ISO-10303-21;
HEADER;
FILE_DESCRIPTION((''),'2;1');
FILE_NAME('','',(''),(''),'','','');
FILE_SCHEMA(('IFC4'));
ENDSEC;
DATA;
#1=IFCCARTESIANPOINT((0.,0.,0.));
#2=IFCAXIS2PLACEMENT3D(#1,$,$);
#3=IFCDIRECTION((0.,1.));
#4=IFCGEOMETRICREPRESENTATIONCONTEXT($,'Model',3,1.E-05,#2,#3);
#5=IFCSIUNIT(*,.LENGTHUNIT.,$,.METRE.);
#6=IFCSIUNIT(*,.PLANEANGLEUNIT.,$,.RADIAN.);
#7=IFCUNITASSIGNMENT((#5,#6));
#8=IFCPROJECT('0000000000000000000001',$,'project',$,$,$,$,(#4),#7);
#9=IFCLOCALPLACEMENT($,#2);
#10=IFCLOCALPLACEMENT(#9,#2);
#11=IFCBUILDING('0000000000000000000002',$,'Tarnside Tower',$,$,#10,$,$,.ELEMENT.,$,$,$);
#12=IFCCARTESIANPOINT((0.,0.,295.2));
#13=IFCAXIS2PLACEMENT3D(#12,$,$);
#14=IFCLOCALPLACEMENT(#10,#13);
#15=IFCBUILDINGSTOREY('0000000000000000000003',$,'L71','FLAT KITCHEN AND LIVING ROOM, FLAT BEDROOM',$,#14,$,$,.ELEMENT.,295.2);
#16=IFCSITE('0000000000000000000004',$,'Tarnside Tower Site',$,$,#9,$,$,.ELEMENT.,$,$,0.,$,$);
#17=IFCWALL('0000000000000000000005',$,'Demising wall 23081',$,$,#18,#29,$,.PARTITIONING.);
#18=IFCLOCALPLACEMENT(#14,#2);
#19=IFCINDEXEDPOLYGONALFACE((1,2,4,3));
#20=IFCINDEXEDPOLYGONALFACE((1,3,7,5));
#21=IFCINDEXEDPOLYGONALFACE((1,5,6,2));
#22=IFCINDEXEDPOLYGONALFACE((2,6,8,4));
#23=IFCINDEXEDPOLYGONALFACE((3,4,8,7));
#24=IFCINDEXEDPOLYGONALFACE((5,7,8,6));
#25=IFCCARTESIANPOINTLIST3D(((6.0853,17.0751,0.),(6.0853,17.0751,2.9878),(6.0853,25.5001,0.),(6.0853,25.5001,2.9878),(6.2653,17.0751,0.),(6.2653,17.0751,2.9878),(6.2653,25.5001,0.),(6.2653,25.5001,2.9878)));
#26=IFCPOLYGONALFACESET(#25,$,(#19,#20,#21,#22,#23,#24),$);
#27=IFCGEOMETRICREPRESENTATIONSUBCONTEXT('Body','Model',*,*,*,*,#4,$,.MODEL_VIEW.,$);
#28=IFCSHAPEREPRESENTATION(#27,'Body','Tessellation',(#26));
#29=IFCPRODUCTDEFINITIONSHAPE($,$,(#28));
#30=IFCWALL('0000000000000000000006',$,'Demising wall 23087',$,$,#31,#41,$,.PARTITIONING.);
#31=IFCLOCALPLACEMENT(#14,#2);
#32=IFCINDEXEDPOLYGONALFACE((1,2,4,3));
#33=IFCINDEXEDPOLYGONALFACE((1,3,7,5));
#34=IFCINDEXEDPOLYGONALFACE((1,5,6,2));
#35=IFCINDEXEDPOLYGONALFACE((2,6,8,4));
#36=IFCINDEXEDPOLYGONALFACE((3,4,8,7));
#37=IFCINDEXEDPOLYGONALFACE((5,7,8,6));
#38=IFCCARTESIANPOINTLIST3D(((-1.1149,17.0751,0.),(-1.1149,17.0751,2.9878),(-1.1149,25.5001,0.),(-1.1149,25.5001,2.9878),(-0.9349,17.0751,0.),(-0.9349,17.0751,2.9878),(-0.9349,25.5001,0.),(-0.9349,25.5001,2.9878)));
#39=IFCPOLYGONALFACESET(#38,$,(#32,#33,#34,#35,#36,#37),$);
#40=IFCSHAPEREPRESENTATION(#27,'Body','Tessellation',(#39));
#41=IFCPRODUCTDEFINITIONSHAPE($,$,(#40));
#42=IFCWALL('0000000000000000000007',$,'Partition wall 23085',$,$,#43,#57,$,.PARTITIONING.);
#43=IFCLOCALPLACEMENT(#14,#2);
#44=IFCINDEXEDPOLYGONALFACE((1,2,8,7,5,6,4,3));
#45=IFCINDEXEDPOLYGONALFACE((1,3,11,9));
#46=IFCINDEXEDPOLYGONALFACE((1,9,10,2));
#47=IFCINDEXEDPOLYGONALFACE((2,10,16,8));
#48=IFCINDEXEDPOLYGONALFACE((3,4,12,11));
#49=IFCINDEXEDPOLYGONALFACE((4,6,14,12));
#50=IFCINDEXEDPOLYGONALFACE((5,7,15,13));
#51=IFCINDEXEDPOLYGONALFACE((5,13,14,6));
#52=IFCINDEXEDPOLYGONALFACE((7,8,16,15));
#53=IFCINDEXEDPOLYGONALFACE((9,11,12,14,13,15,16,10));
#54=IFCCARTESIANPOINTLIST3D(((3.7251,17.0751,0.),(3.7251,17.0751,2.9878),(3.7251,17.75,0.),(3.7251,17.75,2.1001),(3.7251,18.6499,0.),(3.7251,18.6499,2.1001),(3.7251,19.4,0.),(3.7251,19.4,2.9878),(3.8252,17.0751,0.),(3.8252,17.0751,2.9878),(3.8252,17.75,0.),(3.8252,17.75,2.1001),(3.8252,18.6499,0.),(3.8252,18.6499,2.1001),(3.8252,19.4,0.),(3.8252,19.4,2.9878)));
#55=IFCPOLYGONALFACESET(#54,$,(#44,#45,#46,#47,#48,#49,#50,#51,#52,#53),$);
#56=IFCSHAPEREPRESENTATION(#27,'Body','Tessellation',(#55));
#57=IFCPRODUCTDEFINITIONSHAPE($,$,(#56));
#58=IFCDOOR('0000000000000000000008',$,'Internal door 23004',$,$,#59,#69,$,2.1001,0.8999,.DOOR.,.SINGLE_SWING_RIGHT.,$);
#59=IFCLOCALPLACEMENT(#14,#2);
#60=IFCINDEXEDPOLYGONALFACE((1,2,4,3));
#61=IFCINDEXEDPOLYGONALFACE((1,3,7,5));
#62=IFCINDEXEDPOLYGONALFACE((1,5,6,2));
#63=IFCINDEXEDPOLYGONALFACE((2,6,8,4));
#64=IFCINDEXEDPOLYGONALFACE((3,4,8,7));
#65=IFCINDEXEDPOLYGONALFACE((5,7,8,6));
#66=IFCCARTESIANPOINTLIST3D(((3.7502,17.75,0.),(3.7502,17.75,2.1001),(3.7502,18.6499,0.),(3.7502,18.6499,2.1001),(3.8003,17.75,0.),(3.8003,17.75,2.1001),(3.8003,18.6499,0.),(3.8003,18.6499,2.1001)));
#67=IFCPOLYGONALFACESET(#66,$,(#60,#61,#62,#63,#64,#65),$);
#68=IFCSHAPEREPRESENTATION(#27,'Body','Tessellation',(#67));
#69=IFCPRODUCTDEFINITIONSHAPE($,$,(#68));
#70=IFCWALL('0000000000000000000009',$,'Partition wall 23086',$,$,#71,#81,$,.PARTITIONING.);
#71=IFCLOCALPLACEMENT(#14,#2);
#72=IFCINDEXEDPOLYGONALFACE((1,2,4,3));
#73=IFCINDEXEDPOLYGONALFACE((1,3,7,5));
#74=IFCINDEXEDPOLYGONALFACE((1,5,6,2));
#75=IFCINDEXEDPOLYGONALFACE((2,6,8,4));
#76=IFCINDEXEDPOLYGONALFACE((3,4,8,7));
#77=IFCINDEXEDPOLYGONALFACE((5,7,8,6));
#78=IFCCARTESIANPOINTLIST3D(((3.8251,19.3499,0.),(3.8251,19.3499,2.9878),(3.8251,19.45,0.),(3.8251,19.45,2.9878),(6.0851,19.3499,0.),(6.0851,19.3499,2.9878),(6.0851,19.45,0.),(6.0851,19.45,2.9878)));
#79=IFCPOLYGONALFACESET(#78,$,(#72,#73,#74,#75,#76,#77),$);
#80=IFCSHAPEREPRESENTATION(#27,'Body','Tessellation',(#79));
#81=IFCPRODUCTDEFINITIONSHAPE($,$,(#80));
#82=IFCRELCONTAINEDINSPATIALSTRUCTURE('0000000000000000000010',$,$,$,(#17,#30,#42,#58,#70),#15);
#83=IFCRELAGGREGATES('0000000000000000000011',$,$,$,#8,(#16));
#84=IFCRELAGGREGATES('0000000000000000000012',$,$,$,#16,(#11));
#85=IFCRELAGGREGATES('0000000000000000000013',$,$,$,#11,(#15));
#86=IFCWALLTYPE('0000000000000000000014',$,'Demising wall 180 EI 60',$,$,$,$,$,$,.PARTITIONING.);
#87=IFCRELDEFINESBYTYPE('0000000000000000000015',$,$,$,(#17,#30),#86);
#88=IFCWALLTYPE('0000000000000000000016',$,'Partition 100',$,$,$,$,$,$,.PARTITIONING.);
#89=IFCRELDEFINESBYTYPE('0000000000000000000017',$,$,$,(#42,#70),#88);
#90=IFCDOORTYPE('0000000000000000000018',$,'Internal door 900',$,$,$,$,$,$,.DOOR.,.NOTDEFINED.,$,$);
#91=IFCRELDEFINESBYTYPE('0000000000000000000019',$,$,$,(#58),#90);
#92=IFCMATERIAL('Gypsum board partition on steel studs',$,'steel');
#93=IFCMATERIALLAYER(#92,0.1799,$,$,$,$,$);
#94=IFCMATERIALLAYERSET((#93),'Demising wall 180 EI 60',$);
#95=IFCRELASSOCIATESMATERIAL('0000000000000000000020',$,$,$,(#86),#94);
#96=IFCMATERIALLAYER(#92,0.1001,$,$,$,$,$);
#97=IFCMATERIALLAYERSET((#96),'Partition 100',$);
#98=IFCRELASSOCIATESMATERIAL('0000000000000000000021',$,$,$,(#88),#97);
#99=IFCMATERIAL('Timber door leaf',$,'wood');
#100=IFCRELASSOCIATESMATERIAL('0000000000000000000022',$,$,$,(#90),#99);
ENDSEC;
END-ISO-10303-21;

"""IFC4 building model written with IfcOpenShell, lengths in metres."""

from ifc_helpers import new_model, si_unit, direction, frame, frame_2d, origin, place, context, subcontext, project, spatial, rectangle, extrude, material, layer, layer_set, type_object, element, fill, save


model = new_model("IFC4")

# Units and contexts
model_context = context("Model", 3, precision=1e-05, world=origin(), true_north=direction((0.0, 1.0)))
body_context = subcontext(model_context, "Body", "Model", "MODEL_VIEW")
ifc_project = project(units=[si_unit("LENGTHUNIT", "METRE"), si_unit("PLANEANGLEUNIT", "RADIAN")], contexts=[model_context])

# Site, building, storey
site_placement = place(None, origin())
site = spatial("IfcSite", under=ifc_project, at=site_placement, Name="Tarnside Tower Site", CompositionType="ELEMENT", RefElevation=0.0)
building_placement = place(site_placement, origin())
building = spatial("IfcBuilding", under=site, at=building_placement, Name="Tarnside Tower", CompositionType="ELEMENT")
storey_placement = place(building_placement, frame((0.0, 0.0, 295.2)))
storey = spatial("IfcBuildingStorey", under=building, at=storey_placement, Name="L71", Description="FLAT KITCHEN AND LIVING ROOM, FLAT BEDROOM", CompositionType="ELEMENT", Elevation=295.2)

# Shared definitions
ifc_material_1 = material(Name="Gypsum board partition on steel studs", Category="steel")

# Shared definitions
ifc_material_2 = material(Name="Timber door leaf", Category="wood")

# Walls
ifc_layer_1 = layer(ifc_material_1, 0.1799)
ifc_layer_set_1 = layer_set([ifc_layer_1], Name="Demising wall 180 EI 60")
wall_type_1 = type_object("IfcWallType", Name="Demising wall 180 EI 60", PredefinedType="PARTITIONING", material=ifc_layer_set_1)
for number, where, z_axis, x_axis, name in (
    (1, (6.1753, 25.5, 0.0), (0.0, 0.0, 1.0), (0.0, -1.0, 0.0), "Demising wall 23081"),
    (2, (-1.0249, 25.5, 0.0), (0.0, 0.0, 1.0), (0.0, -1.0, 0.0), "Demising wall 23087"),
):
    element("IfcWall", number, at=place(storey_placement, frame(where, z_axis=z_axis, x_axis=x_axis)), inside=storey, type_object=wall_type_1, Name=name, PredefinedType="PARTITIONING", context=body_context, shape_type="SweptSolid", body=[
        extrude(rectangle(XDim=8.425, YDim=0.1799, at=frame_2d((4.2124, 0.0))), origin(), (0.0, 0.0, 1.0), 2.9878),
    ])

# Wall, opening, door
ifc_layer_2 = layer(ifc_material_1, 0.1001)
ifc_layer_set_2 = layer_set([ifc_layer_2], Name="Partition 100")
wall_type_2 = type_object("IfcWallType", Name="Partition 100", PredefinedType="PARTITIONING", material=ifc_layer_set_2)
wall_1_placement = place(storey_placement, frame((3.7751, 17.075, 0.0), z_axis=(0.0, 0.0, 1.0), x_axis=(0.0, 1.0, 0.0)))
wall_1 = element("IfcWall", 3, at=wall_1_placement, inside=storey, type_object=wall_type_2, Name="Partition wall 23085", PredefinedType="PARTITIONING", context=body_context, shape_type="SweptSolid", body=[
    extrude(rectangle(XDim=2.325, YDim=0.1001, at=frame_2d((1.1626, 0.0))), origin(), (0.0, 0.0, 1.0), 2.9878),
])
opening_1_placement = place(wall_1_placement, frame((0.675, 0.0, 0.0)))
opening_1 = element("IfcOpeningElement", 4, at=opening_1_placement, cuts=wall_1, PredefinedType="OPENING", context=body_context, shape_type="SweptSolid", body=[
    extrude(rectangle(XDim=0.8999, YDim=2.1001, at=frame_2d((0.45, 1.05))), frame((0.0, 0.0601, 0.0), z_axis=(0.0, -1.0, 0.0), x_axis=(1.0, 0.0, 0.0)), (0.0, 0.0, 1.0), 0.1201),
])
door_type_1 = type_object("IfcDoorType", Name="Internal door 900", OperationType="NOTDEFINED", PredefinedType="DOOR", material=ifc_material_2)
door_1_placement = place(opening_1_placement, origin())
door_1 = element("IfcDoor", 5, at=door_1_placement, inside=storey, type_object=door_type_1, Name="Internal door 23004", OperationType="SINGLE_SWING_RIGHT", OverallHeight=2.1001, OverallWidth=0.8999, PredefinedType="DOOR", context=body_context, shape_type="SweptSolid", body=[
    extrude(rectangle(XDim=0.8999, YDim=2.1001, at=frame_2d((0.45, 1.05))), frame((0.0, 0.0249, 0.0), z_axis=(0.0, -1.0, 0.0), x_axis=(1.0, 0.0, 0.0)), (0.0, 0.0, 1.0), 0.05),
])
fill(opening_1, door_1)

# Wall
wall_2_placement = place(storey_placement, frame((3.8252, 19.3999, 0.0), z_axis=(0.0, 0.0, 1.0), x_axis=(1.0, 0.0, 0.0)))
element("IfcWall", 6, at=wall_2_placement, inside=storey, type_object=wall_type_2, Name="Partition wall 23086", PredefinedType="PARTITIONING", context=body_context, shape_type="SweptSolid", body=[
    extrude(rectangle(XDim=2.26, YDim=0.1001, at=frame_2d((1.1299, 0.0))), origin(), (0.0, 0.0, 1.0), 2.9878),
])

save(model, "model.ifc")
